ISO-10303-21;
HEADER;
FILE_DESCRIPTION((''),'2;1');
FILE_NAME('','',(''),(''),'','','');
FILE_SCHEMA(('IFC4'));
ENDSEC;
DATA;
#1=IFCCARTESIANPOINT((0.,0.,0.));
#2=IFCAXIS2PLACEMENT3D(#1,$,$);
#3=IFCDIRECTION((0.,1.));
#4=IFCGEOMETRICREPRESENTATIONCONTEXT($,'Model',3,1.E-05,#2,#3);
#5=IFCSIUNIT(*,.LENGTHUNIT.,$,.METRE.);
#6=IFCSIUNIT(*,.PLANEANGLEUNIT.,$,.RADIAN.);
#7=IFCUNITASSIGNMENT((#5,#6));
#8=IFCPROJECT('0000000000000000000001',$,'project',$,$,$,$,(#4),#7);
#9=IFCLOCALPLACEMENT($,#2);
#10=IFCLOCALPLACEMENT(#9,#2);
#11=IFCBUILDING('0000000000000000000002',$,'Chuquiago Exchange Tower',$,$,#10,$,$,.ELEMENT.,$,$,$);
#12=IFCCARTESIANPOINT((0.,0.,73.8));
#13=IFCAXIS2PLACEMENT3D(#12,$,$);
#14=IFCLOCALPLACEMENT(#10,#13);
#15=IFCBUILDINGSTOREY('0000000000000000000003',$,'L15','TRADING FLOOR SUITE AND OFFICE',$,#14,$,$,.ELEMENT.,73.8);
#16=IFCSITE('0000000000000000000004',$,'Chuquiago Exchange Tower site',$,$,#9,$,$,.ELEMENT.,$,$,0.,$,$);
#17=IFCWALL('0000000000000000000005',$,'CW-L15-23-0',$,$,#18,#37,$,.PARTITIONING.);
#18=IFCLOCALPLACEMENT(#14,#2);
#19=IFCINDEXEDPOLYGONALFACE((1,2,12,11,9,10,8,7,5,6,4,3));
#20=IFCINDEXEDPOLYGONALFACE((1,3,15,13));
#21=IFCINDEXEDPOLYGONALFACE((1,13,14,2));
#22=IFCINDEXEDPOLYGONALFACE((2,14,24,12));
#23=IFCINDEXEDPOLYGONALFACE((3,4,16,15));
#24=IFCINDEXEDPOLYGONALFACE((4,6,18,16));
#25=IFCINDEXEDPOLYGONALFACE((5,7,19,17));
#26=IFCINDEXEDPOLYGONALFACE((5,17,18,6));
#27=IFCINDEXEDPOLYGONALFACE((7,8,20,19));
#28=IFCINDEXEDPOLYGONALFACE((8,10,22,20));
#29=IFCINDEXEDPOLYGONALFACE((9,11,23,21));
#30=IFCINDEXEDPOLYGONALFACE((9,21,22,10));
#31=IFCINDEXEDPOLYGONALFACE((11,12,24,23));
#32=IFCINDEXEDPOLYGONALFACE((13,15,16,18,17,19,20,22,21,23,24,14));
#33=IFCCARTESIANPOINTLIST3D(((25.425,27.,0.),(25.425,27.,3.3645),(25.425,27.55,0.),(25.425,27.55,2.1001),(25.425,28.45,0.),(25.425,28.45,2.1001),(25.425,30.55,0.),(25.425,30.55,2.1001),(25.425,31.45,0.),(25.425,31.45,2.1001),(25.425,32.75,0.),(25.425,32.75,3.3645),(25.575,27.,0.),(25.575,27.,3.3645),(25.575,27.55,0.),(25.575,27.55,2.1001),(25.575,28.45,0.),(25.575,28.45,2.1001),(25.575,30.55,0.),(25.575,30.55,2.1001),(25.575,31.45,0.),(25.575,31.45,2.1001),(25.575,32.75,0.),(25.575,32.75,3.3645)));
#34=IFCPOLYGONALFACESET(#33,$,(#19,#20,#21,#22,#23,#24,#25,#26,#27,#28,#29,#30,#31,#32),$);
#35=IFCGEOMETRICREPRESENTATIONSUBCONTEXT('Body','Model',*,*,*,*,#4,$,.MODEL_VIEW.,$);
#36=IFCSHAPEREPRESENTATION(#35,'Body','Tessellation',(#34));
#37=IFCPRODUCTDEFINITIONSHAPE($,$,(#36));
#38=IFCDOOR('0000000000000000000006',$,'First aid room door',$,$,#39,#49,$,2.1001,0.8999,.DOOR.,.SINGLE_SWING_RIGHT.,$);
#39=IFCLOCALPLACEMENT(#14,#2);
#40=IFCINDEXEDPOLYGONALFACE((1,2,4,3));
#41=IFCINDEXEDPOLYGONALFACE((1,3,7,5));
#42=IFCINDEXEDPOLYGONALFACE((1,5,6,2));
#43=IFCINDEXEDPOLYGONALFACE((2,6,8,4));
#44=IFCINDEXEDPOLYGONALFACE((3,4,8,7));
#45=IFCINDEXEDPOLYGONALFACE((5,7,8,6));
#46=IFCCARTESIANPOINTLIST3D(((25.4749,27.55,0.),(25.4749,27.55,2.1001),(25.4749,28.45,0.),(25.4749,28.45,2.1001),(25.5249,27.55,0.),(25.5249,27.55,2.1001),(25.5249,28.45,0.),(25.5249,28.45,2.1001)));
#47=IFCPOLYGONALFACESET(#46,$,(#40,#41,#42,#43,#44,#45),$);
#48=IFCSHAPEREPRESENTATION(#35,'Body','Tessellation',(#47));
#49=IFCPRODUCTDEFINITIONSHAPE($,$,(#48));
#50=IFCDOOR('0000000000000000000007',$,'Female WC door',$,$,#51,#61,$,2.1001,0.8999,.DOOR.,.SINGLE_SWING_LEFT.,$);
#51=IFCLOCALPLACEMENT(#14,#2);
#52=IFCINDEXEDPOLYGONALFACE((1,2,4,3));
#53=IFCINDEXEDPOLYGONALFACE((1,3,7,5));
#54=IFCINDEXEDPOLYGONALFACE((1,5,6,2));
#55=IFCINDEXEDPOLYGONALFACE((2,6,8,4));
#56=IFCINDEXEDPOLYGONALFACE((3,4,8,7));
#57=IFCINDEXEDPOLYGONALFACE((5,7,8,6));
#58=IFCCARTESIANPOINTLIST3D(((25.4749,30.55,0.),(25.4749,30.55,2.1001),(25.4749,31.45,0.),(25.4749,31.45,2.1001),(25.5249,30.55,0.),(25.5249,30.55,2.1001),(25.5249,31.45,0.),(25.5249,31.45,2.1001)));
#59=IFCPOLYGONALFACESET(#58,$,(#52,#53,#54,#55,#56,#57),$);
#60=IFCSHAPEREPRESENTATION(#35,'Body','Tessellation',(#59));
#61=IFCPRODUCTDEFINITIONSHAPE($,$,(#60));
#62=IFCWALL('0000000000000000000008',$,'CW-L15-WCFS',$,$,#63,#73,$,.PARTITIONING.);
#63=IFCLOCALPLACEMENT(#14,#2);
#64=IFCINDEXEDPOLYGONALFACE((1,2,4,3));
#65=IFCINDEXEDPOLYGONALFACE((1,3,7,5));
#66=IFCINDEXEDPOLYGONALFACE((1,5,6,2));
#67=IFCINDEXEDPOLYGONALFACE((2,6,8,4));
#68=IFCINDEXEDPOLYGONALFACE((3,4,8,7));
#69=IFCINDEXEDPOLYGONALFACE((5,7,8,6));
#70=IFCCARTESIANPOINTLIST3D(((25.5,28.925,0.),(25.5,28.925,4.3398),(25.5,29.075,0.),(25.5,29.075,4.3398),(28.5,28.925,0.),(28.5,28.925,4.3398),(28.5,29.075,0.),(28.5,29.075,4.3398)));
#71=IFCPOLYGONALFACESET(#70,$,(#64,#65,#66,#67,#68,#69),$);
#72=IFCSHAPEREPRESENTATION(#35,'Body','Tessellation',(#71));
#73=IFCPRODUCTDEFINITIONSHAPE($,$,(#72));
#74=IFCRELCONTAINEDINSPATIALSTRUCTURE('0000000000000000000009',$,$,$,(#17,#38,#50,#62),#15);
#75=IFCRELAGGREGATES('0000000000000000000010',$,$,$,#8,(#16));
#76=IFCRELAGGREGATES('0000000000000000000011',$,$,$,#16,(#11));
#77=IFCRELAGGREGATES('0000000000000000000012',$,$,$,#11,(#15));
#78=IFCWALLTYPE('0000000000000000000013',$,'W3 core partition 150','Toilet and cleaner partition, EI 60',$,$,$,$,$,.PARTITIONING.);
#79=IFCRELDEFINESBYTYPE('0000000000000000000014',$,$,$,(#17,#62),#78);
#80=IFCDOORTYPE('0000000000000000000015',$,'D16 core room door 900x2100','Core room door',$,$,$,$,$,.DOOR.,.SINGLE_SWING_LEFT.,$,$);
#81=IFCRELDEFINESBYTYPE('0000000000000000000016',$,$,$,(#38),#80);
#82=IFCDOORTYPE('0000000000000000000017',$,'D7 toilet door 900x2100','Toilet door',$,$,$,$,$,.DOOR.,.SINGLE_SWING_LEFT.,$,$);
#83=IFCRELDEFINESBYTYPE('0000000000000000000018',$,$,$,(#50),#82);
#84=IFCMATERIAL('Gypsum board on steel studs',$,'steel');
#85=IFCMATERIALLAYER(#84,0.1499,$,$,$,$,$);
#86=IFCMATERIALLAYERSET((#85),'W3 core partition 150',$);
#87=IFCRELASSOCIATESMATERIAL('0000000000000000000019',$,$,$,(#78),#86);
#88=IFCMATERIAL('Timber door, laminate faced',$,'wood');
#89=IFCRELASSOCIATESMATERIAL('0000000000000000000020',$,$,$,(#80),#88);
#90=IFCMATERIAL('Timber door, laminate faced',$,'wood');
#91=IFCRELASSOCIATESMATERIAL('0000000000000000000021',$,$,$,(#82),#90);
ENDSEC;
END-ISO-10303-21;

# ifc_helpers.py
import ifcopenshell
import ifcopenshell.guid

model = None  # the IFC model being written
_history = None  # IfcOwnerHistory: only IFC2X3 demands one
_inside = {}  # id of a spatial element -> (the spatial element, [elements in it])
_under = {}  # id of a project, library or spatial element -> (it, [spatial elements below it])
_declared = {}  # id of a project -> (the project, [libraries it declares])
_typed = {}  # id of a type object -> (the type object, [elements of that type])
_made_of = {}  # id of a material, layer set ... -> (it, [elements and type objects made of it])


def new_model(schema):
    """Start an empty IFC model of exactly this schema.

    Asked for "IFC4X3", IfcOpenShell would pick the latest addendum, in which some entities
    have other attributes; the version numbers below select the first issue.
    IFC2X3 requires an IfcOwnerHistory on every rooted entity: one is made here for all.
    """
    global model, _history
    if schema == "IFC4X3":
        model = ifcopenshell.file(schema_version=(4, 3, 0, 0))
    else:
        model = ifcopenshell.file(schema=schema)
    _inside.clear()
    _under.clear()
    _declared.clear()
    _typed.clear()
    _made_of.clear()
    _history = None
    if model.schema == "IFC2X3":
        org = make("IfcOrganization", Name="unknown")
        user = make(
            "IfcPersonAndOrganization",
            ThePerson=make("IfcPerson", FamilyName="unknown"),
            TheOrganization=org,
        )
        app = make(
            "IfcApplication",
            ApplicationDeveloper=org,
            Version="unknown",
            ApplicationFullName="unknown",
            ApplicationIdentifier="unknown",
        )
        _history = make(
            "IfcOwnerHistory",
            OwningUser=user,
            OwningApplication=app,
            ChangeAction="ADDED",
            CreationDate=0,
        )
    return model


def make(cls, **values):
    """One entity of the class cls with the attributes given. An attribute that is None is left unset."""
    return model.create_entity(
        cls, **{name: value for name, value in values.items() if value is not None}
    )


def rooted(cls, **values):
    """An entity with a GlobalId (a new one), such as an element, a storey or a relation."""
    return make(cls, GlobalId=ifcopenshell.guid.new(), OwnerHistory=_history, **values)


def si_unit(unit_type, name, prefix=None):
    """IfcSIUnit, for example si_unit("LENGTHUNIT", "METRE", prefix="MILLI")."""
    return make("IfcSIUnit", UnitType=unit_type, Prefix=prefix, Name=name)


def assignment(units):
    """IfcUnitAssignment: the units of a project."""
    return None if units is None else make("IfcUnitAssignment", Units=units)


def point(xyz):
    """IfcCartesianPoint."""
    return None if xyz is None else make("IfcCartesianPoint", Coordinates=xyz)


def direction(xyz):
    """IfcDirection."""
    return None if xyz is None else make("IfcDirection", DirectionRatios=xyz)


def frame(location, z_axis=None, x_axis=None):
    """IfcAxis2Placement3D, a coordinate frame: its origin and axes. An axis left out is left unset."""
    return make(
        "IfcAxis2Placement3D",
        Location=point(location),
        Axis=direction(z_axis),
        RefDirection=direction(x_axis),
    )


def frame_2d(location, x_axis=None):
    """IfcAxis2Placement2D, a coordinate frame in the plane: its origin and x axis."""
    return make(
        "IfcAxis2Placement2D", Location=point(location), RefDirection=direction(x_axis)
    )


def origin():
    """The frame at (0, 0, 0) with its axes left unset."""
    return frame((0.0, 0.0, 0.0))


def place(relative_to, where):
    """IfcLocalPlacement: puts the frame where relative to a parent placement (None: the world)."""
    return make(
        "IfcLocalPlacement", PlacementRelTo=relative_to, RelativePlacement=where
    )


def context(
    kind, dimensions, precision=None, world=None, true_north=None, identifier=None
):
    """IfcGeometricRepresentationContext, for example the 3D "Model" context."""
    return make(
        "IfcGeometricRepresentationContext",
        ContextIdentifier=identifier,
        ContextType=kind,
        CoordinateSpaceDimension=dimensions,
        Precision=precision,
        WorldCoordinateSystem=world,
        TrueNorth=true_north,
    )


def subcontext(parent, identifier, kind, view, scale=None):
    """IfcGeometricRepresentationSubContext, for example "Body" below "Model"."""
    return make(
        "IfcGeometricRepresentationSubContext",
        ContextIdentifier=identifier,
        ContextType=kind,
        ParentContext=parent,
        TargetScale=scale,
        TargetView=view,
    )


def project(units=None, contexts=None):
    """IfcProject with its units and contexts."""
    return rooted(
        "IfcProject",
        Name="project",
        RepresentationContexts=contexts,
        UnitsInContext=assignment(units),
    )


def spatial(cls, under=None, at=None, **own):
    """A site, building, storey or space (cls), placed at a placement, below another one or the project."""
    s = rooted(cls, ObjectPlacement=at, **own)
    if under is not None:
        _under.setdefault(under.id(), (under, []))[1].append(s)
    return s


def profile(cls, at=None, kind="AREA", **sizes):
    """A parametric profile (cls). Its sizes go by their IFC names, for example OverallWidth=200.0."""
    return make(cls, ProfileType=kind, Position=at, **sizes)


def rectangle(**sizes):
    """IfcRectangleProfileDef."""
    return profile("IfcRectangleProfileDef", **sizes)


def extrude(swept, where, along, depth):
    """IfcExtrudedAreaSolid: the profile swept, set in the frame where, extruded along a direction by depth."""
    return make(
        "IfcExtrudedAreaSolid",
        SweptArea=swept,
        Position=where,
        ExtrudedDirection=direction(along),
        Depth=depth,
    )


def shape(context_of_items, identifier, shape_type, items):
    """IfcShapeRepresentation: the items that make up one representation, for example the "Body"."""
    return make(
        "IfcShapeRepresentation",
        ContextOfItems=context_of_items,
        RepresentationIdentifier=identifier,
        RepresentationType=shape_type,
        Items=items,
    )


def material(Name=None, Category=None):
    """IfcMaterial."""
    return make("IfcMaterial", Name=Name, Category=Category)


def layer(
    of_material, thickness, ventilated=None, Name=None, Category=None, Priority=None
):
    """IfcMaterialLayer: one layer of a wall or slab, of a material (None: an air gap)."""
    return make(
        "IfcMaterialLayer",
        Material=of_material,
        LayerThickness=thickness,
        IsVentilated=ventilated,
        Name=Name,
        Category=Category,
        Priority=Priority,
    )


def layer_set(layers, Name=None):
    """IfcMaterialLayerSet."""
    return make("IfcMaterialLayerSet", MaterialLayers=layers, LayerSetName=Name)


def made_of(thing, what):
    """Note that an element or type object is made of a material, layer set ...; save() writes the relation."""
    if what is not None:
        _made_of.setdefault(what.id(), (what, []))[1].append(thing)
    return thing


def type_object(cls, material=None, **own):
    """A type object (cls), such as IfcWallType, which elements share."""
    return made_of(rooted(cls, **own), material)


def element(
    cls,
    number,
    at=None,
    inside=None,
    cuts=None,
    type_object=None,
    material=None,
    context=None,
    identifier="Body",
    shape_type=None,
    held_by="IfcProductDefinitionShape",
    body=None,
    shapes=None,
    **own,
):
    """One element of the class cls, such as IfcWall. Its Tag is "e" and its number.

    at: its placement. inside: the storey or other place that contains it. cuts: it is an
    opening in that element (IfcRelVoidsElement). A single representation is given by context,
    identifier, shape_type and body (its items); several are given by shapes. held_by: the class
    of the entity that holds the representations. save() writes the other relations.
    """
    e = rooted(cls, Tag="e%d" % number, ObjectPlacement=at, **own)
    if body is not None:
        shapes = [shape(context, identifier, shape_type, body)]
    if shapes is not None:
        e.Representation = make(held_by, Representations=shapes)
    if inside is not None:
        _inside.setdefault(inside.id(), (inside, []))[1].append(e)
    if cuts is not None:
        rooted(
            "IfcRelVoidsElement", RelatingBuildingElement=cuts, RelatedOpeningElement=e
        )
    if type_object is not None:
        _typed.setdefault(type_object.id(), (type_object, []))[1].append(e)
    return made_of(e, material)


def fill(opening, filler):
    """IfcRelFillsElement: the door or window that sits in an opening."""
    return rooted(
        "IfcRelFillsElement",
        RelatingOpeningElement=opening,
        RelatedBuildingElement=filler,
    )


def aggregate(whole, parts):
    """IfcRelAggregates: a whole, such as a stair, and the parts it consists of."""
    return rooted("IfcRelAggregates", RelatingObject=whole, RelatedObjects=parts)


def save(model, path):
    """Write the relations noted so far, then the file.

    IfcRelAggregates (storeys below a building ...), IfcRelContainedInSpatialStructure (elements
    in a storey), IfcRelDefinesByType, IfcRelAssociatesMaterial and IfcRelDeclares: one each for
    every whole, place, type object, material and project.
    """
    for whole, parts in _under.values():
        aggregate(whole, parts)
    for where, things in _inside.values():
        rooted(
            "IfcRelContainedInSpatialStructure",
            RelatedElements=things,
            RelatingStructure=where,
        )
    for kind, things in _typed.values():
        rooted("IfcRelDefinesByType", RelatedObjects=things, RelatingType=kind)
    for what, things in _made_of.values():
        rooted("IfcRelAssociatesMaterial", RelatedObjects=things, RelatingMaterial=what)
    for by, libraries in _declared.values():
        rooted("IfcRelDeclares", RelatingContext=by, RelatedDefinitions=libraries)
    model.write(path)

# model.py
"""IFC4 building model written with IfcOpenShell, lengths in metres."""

from ifc_helpers import new_model, si_unit, direction, frame, frame_2d, origin, place, context, subcontext, project, spatial, rectangle, extrude, material, layer, layer_set, type_object, element, fill, save


model = new_model("IFC4")

# Units and contexts
model_context = context("Model", 3, precision=1e-05, world=origin(), true_north=direction((0.0, 1.0)))
body_context = subcontext(model_context, "Body", "Model", "MODEL_VIEW")
ifc_project = project(units=[si_unit("LENGTHUNIT", "METRE"), si_unit("PLANEANGLEUNIT", "RADIAN")], contexts=[model_context])

# Site, building, storey
site_placement = place(None, origin())
site = spatial("IfcSite", under=ifc_project, at=site_placement, Name="Chuquiago Exchange Tower site", CompositionType="ELEMENT", RefElevation=0.0)
building_placement = place(site_placement, origin())
building = spatial("IfcBuilding", under=site, at=building_placement, Name="Chuquiago Exchange Tower", CompositionType="ELEMENT")
storey_placement = place(building_placement, frame((0.0, 0.0, 73.8)))
storey = spatial("IfcBuildingStorey", under=building, at=storey_placement, Name="L15", Description="TRADING FLOOR SUITE AND OFFICE", CompositionType="ELEMENT", Elevation=73.8)

# Wall, openings, doors
ifc_material_1 = material(Name="Gypsum board on steel studs", Category="steel")
ifc_layer_1 = layer(ifc_material_1, 0.1499)
ifc_layer_set_1 = layer_set([ifc_layer_1], Name="W3 core partition 150")
wall_type_1 = type_object("IfcWallType", Name="W3 core partition 150", Description="Toilet and cleaner partition, EI 60", PredefinedType="PARTITIONING", material=ifc_layer_set_1)
ifc_material_2 = material(Name="Timber door, laminate faced", Category="wood")
door_type_1 = type_object("IfcDoorType", Name="D16 core room door 900x2100", Description="Core room door", OperationType="SINGLE_SWING_LEFT", PredefinedType="DOOR", material=ifc_material_2)
ifc_material_3 = material(Name="Timber door, laminate faced", Category="wood")
door_type_2 = type_object("IfcDoorType", Name="D7 toilet door 900x2100", Description="Toilet door", OperationType="SINGLE_SWING_LEFT", PredefinedType="DOOR", material=ifc_material_3)
wall_1_placement = place(storey_placement, frame((25.5, 27.0, 0.0), z_axis=(0.0, 0.0, 1.0), x_axis=(0.0, 1.0, 0.0)))
wall_1 = element("IfcWall", 1, at=wall_1_placement, inside=storey, type_object=wall_type_1, Name="CW-L15-23-0", PredefinedType="PARTITIONING", context=body_context, shape_type="SweptSolid", body=[
    extrude(rectangle(XDim=5.75, YDim=0.1499, at=frame_2d((2.875, 0.0))), origin(), (0.0, 0.0, 1.0), 3.3645),
])
opening_1_placement = place(wall_1_placement, frame((0.55, 0.0, 0.0)))
opening_1 = element("IfcOpeningElement", 2, at=opening_1_placement, cuts=wall_1, PredefinedType="OPENING", context=body_context, shape_type="SweptSolid", body=[
    extrude(rectangle(XDim=0.8999, YDim=2.1001, at=frame_2d((0.45, 1.05))), frame((0.0, 0.085, 0.0), z_axis=(0.0, -1.0, 0.0), x_axis=(1.0, 0.0, 0.0)), (0.0, 0.0, 1.0), 0.1699),
])
opening_2_placement = place(wall_1_placement, frame((3.55, 0.0, 0.0)))
opening_2 = element("IfcOpeningElement", 3, at=opening_2_placement, cuts=wall_1, PredefinedType="OPENING", context=body_context, shape_type="SweptSolid", body=[
    extrude(rectangle(XDim=0.8999, YDim=2.1001, at=frame_2d((0.45, 1.05))), frame((0.0, 0.085, 0.0), z_axis=(0.0, -1.0, 0.0), x_axis=(1.0, 0.0, 0.0)), (0.0, 0.0, 1.0), 0.1699),
])
door_1_placement = place(opening_1_placement, frame((0.8999, 0.0, 0.0), z_axis=(0.0, 0.0, 1.0), x_axis=(-1.0, 0.0, 0.0)))
door_1 = element("IfcDoor", 4, at=door_1_placement, inside=storey, type_object=door_type_1, Name="First aid room door", OperationType="SINGLE_SWING_RIGHT", OverallHeight=2.1001, OverallWidth=0.8999, PredefinedType="DOOR", context=body_context, shape_type="SweptSolid", body=[
    extrude(rectangle(XDim=0.8999, YDim=2.1001, at=frame_2d((0.45, 1.05))), frame((0.0, 0.0249, 0.0), z_axis=(0.0, -1.0, 0.0), x_axis=(1.0, 0.0, 0.0)), (0.0, 0.0, 1.0), 0.05),
])
fill(opening_1, door_1)
door_2_placement = place(opening_2_placement, frame((0.8999, 0.0, 0.0), z_axis=(0.0, 0.0, 1.0), x_axis=(-1.0, 0.0, 0.0)))
door_2 = element("IfcDoor", 5, at=door_2_placement, inside=storey, type_object=door_type_2, Name="Female WC door", OperationType="SINGLE_SWING_LEFT", OverallHeight=2.1001, OverallWidth=0.8999, PredefinedType="DOOR", context=body_context, shape_type="SweptSolid", body=[
    extrude(rectangle(XDim=0.8999, YDim=2.1001, at=frame_2d((0.45, 1.05))), frame((0.0, 0.0249, 0.0), z_axis=(0.0, -1.0, 0.0), x_axis=(1.0, 0.0, 0.0)), (0.0, 0.0, 1.0), 0.05),
])
fill(opening_2, door_2)

# Wall
wall_2_placement = place(storey_placement, frame((25.5, 29.0, 0.0), z_axis=(0.0, 0.0, 1.0), x_axis=(1.0, 0.0, 0.0)))
element("IfcWall", 6, at=wall_2_placement, inside=storey, type_object=wall_type_1, Name="CW-L15-WCFS", PredefinedType="PARTITIONING", context=body_context, shape_type="SweptSolid", body=[
    extrude(rectangle(XDim=3.0, YDim=0.1499, at=frame_2d((1.5, 0.0))), origin(), (0.0, 0.0, 1.0), 4.3398),
])

save(model, "model.ifc")
